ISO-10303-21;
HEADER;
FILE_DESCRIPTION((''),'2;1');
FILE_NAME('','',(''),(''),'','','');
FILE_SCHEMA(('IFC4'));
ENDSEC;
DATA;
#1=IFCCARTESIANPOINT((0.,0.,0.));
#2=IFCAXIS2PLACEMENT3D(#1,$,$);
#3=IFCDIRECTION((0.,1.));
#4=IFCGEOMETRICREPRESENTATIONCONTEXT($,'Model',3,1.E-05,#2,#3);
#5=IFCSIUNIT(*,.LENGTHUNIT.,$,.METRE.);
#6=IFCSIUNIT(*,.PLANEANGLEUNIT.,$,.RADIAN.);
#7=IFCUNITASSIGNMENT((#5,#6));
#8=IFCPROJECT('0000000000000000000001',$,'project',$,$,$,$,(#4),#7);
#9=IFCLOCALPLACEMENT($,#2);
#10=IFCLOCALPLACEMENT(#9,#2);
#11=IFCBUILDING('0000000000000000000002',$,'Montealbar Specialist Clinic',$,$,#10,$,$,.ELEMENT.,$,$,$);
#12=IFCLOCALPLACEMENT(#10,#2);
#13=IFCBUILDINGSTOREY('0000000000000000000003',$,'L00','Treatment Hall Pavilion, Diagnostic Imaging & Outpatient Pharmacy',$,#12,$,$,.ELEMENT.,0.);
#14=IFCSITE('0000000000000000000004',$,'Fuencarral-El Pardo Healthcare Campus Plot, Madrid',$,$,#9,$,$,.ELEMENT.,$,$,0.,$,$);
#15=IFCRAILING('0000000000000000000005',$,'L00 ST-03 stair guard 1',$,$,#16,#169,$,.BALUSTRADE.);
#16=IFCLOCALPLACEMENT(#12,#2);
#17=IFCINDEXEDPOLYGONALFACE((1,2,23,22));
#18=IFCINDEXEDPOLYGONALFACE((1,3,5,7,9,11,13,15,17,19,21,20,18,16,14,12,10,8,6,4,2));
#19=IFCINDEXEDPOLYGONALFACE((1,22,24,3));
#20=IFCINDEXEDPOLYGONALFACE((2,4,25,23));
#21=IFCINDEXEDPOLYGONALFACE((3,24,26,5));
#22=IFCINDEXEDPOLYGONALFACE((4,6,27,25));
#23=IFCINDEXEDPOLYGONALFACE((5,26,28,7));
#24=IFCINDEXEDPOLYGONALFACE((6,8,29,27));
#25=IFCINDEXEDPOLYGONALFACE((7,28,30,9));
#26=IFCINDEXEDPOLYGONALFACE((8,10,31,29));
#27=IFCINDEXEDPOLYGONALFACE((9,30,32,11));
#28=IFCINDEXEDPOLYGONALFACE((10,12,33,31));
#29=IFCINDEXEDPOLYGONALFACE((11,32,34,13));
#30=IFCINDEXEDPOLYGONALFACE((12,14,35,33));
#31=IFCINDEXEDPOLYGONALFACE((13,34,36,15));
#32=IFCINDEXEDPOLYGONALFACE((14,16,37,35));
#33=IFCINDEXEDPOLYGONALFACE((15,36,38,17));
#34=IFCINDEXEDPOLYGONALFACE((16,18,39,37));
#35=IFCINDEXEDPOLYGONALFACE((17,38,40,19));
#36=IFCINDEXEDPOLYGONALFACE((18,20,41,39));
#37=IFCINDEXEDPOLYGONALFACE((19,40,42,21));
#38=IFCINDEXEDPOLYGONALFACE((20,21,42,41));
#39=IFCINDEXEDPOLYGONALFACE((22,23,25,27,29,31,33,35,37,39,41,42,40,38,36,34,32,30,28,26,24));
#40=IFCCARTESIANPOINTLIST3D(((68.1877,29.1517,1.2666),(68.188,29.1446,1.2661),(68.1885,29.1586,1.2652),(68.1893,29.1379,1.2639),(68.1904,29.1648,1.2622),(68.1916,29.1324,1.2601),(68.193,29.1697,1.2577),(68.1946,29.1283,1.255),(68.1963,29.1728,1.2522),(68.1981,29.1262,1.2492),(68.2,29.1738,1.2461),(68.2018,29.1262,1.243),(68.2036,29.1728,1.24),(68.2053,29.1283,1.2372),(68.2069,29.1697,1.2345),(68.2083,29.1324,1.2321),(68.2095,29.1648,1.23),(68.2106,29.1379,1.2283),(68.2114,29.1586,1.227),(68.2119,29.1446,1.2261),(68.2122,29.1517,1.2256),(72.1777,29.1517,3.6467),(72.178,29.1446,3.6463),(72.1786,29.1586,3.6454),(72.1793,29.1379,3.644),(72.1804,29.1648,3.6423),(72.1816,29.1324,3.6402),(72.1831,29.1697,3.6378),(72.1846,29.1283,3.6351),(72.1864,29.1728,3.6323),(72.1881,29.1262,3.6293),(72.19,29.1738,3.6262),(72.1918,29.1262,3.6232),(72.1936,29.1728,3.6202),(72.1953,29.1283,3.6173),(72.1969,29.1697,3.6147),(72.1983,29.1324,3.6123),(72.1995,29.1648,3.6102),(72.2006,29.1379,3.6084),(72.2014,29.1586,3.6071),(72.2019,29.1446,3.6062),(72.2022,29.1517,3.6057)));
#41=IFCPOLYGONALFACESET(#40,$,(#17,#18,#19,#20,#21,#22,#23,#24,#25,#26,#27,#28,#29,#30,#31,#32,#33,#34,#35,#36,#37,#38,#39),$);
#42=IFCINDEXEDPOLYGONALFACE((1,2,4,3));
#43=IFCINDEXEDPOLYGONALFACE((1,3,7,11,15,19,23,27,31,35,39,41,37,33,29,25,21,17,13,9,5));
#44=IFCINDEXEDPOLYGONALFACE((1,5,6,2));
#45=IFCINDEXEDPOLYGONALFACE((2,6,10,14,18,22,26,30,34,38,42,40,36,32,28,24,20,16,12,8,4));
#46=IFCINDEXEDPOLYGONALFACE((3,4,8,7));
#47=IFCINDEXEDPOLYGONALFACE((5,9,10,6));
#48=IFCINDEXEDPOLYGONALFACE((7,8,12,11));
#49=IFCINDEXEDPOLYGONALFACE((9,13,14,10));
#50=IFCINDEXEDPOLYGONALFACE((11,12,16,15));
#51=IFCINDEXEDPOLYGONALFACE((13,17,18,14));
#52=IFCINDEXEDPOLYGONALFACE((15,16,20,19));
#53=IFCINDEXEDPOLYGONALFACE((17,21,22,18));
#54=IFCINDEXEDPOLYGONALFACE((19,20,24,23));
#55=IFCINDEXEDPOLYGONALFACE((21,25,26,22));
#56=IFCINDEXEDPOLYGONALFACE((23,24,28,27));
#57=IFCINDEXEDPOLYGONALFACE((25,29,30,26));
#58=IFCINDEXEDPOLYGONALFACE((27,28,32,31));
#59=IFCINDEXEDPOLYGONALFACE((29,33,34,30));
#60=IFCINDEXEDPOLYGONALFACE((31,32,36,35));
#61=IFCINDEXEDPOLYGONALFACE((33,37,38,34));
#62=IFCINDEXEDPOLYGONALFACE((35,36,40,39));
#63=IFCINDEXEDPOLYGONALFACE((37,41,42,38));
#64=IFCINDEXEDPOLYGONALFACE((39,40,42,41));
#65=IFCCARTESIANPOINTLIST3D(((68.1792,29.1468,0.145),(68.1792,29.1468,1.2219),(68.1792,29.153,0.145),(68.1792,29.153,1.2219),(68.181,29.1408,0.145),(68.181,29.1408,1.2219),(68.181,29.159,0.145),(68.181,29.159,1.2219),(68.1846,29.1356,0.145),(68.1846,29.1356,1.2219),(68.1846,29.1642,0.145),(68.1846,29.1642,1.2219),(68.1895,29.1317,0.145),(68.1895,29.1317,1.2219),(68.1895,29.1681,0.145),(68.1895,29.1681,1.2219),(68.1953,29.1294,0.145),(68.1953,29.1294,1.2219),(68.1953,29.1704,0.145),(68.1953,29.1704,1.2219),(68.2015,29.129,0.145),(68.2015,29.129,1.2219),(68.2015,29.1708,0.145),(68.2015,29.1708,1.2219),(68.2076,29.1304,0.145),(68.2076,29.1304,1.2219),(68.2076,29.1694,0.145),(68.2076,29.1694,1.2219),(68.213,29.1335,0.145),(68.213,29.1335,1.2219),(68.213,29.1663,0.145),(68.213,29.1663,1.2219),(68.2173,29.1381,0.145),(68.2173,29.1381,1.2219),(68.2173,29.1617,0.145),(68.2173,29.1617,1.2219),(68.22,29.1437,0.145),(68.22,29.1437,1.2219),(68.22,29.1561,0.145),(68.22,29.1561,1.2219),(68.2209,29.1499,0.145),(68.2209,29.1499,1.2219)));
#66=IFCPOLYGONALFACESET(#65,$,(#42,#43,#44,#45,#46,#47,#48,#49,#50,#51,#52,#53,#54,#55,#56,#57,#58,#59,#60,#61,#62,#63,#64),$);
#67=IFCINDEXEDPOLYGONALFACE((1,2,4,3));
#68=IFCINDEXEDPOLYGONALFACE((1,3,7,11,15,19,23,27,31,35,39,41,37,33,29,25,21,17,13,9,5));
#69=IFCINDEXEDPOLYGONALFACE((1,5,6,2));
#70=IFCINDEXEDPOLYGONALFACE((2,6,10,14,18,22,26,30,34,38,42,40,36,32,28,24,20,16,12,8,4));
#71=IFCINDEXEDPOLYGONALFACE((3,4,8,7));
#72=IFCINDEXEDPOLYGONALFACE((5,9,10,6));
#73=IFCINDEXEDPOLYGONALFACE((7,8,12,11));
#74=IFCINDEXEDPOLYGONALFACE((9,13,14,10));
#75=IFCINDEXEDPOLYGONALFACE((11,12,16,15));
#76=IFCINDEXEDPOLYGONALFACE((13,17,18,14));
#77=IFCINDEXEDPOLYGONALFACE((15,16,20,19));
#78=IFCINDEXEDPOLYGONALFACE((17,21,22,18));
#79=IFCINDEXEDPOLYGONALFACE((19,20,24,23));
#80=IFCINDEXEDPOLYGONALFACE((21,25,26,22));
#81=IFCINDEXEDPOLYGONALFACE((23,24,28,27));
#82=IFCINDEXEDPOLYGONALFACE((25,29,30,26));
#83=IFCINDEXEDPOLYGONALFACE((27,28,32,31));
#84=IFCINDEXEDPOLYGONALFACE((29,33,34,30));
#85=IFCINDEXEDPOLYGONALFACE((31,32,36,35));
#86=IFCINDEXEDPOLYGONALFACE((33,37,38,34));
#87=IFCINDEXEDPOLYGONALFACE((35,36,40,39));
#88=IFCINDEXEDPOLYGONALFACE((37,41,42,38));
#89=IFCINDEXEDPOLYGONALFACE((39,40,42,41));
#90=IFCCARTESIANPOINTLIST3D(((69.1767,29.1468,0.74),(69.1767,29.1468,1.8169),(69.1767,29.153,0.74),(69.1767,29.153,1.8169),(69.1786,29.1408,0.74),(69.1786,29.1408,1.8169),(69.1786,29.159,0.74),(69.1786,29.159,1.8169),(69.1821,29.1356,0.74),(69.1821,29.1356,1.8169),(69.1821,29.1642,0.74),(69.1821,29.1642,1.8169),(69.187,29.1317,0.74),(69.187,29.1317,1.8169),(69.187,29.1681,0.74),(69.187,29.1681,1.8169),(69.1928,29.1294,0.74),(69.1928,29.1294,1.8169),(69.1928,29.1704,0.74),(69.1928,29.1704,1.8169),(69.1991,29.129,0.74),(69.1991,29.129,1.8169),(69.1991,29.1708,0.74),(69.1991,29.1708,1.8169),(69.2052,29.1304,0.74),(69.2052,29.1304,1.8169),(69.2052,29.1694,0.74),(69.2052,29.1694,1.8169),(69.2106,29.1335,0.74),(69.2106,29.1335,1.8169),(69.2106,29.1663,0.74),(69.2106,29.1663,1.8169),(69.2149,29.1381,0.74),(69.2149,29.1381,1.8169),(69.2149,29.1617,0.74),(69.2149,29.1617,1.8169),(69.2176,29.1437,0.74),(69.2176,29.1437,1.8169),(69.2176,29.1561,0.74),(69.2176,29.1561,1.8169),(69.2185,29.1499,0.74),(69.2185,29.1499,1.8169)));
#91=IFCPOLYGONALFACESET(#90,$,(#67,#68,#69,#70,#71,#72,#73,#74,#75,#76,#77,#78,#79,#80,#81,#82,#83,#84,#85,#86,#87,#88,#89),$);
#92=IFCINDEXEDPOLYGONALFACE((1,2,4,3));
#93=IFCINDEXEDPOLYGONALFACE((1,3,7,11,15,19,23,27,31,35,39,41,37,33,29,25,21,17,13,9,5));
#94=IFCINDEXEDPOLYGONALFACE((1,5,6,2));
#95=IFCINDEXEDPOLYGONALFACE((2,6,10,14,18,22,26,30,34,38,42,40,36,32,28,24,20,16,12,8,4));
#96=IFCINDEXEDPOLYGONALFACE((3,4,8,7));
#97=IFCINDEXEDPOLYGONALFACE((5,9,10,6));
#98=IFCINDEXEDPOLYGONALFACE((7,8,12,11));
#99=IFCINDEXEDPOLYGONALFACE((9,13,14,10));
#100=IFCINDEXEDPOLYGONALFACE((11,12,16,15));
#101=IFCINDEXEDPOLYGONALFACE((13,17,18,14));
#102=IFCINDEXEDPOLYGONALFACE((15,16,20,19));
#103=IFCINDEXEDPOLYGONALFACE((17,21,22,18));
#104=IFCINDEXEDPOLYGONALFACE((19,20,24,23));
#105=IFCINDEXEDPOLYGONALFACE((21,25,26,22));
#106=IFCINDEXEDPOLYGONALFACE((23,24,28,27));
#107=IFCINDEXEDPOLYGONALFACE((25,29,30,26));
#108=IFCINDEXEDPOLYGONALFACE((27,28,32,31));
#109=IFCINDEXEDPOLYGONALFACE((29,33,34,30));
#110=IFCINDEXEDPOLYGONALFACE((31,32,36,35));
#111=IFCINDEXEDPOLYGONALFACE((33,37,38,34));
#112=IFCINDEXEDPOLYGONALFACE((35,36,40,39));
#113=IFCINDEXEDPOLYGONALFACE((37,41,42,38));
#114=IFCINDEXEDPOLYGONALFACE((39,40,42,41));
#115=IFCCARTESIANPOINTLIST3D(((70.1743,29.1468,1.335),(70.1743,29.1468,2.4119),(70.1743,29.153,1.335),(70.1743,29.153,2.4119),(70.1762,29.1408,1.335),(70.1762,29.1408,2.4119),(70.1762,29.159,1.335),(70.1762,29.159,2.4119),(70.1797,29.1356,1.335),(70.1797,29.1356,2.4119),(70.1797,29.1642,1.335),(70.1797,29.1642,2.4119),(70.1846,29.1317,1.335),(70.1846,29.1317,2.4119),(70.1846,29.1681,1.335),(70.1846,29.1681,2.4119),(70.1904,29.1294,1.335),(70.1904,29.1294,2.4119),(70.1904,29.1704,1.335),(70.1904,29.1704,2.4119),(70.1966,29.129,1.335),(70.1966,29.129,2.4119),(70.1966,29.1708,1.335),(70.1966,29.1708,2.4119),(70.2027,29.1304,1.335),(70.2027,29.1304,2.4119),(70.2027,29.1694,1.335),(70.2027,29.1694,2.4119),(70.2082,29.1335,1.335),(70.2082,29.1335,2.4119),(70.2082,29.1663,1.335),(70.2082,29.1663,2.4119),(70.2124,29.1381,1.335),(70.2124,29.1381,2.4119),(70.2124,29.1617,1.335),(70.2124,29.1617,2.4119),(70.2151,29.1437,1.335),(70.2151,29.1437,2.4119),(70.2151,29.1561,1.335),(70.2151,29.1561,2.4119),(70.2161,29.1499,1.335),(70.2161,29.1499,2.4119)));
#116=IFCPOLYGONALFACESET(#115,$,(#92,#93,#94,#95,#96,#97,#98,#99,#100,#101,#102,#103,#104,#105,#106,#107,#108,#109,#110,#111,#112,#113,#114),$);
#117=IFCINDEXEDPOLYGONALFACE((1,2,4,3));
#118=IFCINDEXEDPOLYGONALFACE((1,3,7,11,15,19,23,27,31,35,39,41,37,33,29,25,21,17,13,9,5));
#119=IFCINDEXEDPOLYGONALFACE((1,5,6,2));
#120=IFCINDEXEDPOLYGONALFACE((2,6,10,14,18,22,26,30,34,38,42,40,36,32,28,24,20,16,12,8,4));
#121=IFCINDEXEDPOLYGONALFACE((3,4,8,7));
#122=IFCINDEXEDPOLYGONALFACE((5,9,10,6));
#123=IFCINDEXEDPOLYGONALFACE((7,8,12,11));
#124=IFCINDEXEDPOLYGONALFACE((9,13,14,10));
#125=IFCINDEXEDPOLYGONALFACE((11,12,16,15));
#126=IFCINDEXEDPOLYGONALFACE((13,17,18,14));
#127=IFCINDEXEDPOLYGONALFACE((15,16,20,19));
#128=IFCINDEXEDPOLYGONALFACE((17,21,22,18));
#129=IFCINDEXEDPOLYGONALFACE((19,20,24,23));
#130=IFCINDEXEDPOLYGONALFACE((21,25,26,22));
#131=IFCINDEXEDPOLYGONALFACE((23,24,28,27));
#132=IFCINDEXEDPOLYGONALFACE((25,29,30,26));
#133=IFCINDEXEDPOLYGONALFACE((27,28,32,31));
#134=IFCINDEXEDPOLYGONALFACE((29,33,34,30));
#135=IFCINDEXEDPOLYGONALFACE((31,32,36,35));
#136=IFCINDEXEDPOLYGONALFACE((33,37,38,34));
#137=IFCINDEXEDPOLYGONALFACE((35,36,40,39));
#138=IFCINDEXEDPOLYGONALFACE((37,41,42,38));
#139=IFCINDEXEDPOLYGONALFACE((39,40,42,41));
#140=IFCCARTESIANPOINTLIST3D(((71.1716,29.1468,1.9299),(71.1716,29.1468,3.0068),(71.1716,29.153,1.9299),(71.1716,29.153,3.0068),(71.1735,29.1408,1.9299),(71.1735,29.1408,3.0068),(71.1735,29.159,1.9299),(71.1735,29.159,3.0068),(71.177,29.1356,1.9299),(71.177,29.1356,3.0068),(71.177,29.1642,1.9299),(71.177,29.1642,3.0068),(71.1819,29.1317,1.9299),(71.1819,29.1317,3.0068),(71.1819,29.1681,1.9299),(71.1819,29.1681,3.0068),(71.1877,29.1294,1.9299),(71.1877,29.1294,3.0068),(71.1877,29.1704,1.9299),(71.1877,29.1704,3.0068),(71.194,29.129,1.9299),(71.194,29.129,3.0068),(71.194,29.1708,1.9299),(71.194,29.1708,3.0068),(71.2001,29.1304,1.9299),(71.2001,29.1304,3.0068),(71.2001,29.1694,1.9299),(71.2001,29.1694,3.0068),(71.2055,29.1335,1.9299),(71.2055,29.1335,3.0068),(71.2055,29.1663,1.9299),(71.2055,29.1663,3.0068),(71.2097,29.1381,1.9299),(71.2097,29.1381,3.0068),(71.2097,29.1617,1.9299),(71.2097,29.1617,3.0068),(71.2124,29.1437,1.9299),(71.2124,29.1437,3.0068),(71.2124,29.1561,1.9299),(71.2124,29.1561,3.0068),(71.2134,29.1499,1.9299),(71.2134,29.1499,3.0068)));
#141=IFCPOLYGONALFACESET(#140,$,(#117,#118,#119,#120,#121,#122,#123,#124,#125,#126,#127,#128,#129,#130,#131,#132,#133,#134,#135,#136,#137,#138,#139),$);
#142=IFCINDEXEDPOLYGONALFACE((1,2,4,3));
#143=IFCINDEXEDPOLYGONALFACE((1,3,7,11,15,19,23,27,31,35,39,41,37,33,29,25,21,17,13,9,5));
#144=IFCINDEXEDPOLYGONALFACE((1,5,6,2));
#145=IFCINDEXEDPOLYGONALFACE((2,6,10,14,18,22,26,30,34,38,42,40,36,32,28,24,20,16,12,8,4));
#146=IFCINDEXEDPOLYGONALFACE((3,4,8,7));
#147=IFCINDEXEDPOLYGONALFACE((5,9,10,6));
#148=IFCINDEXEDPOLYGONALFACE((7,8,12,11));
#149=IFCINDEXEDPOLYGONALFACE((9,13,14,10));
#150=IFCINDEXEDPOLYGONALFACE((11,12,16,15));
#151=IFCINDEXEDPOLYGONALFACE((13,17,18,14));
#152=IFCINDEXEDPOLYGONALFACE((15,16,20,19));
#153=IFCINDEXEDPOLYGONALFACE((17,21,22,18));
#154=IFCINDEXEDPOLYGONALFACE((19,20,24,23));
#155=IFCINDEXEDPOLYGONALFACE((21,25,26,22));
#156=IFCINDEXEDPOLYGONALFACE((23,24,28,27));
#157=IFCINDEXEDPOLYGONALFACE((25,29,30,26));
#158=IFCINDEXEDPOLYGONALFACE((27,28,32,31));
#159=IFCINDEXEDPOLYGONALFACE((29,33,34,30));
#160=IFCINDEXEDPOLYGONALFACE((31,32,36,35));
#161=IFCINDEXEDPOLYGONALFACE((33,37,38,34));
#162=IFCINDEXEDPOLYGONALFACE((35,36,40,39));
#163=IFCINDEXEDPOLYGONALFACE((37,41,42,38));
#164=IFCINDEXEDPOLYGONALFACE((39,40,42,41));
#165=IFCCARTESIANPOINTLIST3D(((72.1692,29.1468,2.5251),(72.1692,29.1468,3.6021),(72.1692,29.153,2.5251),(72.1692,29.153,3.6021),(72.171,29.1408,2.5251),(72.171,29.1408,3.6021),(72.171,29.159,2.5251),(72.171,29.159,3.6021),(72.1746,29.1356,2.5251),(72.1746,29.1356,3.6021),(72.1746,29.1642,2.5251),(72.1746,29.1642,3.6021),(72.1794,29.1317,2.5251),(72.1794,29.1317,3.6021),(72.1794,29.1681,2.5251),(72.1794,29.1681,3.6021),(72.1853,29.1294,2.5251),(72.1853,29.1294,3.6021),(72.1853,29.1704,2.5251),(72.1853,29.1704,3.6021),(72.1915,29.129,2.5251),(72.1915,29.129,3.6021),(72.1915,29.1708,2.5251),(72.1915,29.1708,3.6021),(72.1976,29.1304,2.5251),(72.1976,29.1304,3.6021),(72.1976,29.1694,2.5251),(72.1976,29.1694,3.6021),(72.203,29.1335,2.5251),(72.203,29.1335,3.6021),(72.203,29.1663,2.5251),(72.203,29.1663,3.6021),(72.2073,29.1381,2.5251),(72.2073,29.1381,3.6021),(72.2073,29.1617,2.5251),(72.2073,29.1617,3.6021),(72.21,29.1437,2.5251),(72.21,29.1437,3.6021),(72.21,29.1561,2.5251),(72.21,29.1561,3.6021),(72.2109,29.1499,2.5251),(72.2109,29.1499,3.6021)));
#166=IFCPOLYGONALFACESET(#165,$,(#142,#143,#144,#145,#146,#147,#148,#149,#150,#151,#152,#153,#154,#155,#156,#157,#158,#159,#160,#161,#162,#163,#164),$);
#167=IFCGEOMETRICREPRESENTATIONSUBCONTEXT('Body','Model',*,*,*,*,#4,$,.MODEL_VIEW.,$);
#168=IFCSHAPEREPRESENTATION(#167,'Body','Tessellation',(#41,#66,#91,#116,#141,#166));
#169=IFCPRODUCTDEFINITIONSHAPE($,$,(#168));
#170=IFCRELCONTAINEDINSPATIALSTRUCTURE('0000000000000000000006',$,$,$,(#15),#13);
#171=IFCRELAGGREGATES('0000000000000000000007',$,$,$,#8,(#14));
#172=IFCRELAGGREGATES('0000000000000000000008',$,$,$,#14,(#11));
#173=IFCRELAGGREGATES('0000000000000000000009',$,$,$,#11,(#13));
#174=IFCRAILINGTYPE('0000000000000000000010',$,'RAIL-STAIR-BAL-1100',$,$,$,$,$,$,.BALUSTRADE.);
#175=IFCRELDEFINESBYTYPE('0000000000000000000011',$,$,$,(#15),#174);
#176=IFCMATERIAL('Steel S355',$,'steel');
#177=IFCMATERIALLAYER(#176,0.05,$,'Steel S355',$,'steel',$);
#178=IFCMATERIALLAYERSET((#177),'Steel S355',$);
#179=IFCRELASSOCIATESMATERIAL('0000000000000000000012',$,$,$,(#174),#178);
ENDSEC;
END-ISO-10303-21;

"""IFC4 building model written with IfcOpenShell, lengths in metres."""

from ifc_helpers import new_model, si_unit, direction, frame, origin, origin_2d, place, context, subcontext, project, spatial, circle, extrude, material, layer, layer_set, type_object, element, save


model = new_model("IFC4")

# Units and contexts
model_context = context("Model", 3, precision=1e-05, world=origin(), true_north=direction((0.0, 1.0)))
body_context = subcontext(model_context, "Body", "Model", "MODEL_VIEW")
ifc_project = project(units=[si_unit("LENGTHUNIT", "METRE"), si_unit("PLANEANGLEUNIT", "RADIAN")], contexts=[model_context])

# Site, building, storey
site_placement = place(None, origin())
site = spatial("IfcSite", under=ifc_project, at=site_placement, Name="Fuencarral-El Pardo Healthcare Campus Plot, Madrid", CompositionType="ELEMENT", RefElevation=0.0)
building_placement = place(site_placement, origin())
building = spatial("IfcBuilding", under=site, at=building_placement, Name="Montealbar Specialist Clinic", CompositionType="ELEMENT")
storey_placement = place(building_placement, origin())
storey = spatial("IfcBuildingStorey", under=building, at=storey_placement, Name="L00", Description="Treatment Hall Pavilion, Diagnostic Imaging & Outpatient Pharmacy", CompositionType="ELEMENT", Elevation=0.0)

# Shared definitions
ifc_material_1 = material(Name="Steel S355", Category="steel")

# Railing
ifc_layer_1 = layer(ifc_material_1, 0.05, Name="Steel S355", Category="steel")
ifc_layer_set_1 = layer_set([ifc_layer_1], Name="Steel S355")
railing_type_1 = type_object("IfcRailingType", Name="RAIL-STAIR-BAL-1100", PredefinedType="BALUSTRADE", material=ifc_layer_set_1)
railing_1_placement = place(storey_placement, frame((68.2, 29.1499, 0.1699)))
element("IfcRailing", 1, at=railing_1_placement, inside=storey, type_object=railing_type_1, Name="L00 ST-03 stair guard 1", PredefinedType="BALUSTRADE", context=body_context, shape_type="SweptSolid", body=[
    extrude(circle(Radius=0.0239, at=origin_2d()), frame((0.0, 0.0, 1.0762), z_axis=(0.858807, 0.0, 0.512299), x_axis=(0.0, 1.0, 0.0)), (0.0, 0.0, 1.0), 4.646),
    extrude(circle(Radius=0.021, at=origin_2d()), frame((0.0, 0.0, -0.0249)), (0.0, 0.0, 1.0), 1.0769),
    extrude(circle(Radius=0.021, at=origin_2d()), frame((0.9976, 0.0, 0.5701)), (0.0, 0.0, 1.0), 1.0769),
    extrude(circle(Radius=0.021, at=origin_2d()), frame((1.9951, 0.0, 1.165)), (0.0, 0.0, 1.0), 1.0769),
    extrude(circle(Radius=0.021, at=origin_2d()), frame((2.9924, 0.0, 1.76)), (0.0, 0.0, 1.0), 1.0769),
    extrude(circle(Radius=0.021, at=origin_2d()), frame((3.99, 0.0, 2.3552)), (0.0, 0.0, 1.0), 1.0769),
])

save(model, "model.ifc")
